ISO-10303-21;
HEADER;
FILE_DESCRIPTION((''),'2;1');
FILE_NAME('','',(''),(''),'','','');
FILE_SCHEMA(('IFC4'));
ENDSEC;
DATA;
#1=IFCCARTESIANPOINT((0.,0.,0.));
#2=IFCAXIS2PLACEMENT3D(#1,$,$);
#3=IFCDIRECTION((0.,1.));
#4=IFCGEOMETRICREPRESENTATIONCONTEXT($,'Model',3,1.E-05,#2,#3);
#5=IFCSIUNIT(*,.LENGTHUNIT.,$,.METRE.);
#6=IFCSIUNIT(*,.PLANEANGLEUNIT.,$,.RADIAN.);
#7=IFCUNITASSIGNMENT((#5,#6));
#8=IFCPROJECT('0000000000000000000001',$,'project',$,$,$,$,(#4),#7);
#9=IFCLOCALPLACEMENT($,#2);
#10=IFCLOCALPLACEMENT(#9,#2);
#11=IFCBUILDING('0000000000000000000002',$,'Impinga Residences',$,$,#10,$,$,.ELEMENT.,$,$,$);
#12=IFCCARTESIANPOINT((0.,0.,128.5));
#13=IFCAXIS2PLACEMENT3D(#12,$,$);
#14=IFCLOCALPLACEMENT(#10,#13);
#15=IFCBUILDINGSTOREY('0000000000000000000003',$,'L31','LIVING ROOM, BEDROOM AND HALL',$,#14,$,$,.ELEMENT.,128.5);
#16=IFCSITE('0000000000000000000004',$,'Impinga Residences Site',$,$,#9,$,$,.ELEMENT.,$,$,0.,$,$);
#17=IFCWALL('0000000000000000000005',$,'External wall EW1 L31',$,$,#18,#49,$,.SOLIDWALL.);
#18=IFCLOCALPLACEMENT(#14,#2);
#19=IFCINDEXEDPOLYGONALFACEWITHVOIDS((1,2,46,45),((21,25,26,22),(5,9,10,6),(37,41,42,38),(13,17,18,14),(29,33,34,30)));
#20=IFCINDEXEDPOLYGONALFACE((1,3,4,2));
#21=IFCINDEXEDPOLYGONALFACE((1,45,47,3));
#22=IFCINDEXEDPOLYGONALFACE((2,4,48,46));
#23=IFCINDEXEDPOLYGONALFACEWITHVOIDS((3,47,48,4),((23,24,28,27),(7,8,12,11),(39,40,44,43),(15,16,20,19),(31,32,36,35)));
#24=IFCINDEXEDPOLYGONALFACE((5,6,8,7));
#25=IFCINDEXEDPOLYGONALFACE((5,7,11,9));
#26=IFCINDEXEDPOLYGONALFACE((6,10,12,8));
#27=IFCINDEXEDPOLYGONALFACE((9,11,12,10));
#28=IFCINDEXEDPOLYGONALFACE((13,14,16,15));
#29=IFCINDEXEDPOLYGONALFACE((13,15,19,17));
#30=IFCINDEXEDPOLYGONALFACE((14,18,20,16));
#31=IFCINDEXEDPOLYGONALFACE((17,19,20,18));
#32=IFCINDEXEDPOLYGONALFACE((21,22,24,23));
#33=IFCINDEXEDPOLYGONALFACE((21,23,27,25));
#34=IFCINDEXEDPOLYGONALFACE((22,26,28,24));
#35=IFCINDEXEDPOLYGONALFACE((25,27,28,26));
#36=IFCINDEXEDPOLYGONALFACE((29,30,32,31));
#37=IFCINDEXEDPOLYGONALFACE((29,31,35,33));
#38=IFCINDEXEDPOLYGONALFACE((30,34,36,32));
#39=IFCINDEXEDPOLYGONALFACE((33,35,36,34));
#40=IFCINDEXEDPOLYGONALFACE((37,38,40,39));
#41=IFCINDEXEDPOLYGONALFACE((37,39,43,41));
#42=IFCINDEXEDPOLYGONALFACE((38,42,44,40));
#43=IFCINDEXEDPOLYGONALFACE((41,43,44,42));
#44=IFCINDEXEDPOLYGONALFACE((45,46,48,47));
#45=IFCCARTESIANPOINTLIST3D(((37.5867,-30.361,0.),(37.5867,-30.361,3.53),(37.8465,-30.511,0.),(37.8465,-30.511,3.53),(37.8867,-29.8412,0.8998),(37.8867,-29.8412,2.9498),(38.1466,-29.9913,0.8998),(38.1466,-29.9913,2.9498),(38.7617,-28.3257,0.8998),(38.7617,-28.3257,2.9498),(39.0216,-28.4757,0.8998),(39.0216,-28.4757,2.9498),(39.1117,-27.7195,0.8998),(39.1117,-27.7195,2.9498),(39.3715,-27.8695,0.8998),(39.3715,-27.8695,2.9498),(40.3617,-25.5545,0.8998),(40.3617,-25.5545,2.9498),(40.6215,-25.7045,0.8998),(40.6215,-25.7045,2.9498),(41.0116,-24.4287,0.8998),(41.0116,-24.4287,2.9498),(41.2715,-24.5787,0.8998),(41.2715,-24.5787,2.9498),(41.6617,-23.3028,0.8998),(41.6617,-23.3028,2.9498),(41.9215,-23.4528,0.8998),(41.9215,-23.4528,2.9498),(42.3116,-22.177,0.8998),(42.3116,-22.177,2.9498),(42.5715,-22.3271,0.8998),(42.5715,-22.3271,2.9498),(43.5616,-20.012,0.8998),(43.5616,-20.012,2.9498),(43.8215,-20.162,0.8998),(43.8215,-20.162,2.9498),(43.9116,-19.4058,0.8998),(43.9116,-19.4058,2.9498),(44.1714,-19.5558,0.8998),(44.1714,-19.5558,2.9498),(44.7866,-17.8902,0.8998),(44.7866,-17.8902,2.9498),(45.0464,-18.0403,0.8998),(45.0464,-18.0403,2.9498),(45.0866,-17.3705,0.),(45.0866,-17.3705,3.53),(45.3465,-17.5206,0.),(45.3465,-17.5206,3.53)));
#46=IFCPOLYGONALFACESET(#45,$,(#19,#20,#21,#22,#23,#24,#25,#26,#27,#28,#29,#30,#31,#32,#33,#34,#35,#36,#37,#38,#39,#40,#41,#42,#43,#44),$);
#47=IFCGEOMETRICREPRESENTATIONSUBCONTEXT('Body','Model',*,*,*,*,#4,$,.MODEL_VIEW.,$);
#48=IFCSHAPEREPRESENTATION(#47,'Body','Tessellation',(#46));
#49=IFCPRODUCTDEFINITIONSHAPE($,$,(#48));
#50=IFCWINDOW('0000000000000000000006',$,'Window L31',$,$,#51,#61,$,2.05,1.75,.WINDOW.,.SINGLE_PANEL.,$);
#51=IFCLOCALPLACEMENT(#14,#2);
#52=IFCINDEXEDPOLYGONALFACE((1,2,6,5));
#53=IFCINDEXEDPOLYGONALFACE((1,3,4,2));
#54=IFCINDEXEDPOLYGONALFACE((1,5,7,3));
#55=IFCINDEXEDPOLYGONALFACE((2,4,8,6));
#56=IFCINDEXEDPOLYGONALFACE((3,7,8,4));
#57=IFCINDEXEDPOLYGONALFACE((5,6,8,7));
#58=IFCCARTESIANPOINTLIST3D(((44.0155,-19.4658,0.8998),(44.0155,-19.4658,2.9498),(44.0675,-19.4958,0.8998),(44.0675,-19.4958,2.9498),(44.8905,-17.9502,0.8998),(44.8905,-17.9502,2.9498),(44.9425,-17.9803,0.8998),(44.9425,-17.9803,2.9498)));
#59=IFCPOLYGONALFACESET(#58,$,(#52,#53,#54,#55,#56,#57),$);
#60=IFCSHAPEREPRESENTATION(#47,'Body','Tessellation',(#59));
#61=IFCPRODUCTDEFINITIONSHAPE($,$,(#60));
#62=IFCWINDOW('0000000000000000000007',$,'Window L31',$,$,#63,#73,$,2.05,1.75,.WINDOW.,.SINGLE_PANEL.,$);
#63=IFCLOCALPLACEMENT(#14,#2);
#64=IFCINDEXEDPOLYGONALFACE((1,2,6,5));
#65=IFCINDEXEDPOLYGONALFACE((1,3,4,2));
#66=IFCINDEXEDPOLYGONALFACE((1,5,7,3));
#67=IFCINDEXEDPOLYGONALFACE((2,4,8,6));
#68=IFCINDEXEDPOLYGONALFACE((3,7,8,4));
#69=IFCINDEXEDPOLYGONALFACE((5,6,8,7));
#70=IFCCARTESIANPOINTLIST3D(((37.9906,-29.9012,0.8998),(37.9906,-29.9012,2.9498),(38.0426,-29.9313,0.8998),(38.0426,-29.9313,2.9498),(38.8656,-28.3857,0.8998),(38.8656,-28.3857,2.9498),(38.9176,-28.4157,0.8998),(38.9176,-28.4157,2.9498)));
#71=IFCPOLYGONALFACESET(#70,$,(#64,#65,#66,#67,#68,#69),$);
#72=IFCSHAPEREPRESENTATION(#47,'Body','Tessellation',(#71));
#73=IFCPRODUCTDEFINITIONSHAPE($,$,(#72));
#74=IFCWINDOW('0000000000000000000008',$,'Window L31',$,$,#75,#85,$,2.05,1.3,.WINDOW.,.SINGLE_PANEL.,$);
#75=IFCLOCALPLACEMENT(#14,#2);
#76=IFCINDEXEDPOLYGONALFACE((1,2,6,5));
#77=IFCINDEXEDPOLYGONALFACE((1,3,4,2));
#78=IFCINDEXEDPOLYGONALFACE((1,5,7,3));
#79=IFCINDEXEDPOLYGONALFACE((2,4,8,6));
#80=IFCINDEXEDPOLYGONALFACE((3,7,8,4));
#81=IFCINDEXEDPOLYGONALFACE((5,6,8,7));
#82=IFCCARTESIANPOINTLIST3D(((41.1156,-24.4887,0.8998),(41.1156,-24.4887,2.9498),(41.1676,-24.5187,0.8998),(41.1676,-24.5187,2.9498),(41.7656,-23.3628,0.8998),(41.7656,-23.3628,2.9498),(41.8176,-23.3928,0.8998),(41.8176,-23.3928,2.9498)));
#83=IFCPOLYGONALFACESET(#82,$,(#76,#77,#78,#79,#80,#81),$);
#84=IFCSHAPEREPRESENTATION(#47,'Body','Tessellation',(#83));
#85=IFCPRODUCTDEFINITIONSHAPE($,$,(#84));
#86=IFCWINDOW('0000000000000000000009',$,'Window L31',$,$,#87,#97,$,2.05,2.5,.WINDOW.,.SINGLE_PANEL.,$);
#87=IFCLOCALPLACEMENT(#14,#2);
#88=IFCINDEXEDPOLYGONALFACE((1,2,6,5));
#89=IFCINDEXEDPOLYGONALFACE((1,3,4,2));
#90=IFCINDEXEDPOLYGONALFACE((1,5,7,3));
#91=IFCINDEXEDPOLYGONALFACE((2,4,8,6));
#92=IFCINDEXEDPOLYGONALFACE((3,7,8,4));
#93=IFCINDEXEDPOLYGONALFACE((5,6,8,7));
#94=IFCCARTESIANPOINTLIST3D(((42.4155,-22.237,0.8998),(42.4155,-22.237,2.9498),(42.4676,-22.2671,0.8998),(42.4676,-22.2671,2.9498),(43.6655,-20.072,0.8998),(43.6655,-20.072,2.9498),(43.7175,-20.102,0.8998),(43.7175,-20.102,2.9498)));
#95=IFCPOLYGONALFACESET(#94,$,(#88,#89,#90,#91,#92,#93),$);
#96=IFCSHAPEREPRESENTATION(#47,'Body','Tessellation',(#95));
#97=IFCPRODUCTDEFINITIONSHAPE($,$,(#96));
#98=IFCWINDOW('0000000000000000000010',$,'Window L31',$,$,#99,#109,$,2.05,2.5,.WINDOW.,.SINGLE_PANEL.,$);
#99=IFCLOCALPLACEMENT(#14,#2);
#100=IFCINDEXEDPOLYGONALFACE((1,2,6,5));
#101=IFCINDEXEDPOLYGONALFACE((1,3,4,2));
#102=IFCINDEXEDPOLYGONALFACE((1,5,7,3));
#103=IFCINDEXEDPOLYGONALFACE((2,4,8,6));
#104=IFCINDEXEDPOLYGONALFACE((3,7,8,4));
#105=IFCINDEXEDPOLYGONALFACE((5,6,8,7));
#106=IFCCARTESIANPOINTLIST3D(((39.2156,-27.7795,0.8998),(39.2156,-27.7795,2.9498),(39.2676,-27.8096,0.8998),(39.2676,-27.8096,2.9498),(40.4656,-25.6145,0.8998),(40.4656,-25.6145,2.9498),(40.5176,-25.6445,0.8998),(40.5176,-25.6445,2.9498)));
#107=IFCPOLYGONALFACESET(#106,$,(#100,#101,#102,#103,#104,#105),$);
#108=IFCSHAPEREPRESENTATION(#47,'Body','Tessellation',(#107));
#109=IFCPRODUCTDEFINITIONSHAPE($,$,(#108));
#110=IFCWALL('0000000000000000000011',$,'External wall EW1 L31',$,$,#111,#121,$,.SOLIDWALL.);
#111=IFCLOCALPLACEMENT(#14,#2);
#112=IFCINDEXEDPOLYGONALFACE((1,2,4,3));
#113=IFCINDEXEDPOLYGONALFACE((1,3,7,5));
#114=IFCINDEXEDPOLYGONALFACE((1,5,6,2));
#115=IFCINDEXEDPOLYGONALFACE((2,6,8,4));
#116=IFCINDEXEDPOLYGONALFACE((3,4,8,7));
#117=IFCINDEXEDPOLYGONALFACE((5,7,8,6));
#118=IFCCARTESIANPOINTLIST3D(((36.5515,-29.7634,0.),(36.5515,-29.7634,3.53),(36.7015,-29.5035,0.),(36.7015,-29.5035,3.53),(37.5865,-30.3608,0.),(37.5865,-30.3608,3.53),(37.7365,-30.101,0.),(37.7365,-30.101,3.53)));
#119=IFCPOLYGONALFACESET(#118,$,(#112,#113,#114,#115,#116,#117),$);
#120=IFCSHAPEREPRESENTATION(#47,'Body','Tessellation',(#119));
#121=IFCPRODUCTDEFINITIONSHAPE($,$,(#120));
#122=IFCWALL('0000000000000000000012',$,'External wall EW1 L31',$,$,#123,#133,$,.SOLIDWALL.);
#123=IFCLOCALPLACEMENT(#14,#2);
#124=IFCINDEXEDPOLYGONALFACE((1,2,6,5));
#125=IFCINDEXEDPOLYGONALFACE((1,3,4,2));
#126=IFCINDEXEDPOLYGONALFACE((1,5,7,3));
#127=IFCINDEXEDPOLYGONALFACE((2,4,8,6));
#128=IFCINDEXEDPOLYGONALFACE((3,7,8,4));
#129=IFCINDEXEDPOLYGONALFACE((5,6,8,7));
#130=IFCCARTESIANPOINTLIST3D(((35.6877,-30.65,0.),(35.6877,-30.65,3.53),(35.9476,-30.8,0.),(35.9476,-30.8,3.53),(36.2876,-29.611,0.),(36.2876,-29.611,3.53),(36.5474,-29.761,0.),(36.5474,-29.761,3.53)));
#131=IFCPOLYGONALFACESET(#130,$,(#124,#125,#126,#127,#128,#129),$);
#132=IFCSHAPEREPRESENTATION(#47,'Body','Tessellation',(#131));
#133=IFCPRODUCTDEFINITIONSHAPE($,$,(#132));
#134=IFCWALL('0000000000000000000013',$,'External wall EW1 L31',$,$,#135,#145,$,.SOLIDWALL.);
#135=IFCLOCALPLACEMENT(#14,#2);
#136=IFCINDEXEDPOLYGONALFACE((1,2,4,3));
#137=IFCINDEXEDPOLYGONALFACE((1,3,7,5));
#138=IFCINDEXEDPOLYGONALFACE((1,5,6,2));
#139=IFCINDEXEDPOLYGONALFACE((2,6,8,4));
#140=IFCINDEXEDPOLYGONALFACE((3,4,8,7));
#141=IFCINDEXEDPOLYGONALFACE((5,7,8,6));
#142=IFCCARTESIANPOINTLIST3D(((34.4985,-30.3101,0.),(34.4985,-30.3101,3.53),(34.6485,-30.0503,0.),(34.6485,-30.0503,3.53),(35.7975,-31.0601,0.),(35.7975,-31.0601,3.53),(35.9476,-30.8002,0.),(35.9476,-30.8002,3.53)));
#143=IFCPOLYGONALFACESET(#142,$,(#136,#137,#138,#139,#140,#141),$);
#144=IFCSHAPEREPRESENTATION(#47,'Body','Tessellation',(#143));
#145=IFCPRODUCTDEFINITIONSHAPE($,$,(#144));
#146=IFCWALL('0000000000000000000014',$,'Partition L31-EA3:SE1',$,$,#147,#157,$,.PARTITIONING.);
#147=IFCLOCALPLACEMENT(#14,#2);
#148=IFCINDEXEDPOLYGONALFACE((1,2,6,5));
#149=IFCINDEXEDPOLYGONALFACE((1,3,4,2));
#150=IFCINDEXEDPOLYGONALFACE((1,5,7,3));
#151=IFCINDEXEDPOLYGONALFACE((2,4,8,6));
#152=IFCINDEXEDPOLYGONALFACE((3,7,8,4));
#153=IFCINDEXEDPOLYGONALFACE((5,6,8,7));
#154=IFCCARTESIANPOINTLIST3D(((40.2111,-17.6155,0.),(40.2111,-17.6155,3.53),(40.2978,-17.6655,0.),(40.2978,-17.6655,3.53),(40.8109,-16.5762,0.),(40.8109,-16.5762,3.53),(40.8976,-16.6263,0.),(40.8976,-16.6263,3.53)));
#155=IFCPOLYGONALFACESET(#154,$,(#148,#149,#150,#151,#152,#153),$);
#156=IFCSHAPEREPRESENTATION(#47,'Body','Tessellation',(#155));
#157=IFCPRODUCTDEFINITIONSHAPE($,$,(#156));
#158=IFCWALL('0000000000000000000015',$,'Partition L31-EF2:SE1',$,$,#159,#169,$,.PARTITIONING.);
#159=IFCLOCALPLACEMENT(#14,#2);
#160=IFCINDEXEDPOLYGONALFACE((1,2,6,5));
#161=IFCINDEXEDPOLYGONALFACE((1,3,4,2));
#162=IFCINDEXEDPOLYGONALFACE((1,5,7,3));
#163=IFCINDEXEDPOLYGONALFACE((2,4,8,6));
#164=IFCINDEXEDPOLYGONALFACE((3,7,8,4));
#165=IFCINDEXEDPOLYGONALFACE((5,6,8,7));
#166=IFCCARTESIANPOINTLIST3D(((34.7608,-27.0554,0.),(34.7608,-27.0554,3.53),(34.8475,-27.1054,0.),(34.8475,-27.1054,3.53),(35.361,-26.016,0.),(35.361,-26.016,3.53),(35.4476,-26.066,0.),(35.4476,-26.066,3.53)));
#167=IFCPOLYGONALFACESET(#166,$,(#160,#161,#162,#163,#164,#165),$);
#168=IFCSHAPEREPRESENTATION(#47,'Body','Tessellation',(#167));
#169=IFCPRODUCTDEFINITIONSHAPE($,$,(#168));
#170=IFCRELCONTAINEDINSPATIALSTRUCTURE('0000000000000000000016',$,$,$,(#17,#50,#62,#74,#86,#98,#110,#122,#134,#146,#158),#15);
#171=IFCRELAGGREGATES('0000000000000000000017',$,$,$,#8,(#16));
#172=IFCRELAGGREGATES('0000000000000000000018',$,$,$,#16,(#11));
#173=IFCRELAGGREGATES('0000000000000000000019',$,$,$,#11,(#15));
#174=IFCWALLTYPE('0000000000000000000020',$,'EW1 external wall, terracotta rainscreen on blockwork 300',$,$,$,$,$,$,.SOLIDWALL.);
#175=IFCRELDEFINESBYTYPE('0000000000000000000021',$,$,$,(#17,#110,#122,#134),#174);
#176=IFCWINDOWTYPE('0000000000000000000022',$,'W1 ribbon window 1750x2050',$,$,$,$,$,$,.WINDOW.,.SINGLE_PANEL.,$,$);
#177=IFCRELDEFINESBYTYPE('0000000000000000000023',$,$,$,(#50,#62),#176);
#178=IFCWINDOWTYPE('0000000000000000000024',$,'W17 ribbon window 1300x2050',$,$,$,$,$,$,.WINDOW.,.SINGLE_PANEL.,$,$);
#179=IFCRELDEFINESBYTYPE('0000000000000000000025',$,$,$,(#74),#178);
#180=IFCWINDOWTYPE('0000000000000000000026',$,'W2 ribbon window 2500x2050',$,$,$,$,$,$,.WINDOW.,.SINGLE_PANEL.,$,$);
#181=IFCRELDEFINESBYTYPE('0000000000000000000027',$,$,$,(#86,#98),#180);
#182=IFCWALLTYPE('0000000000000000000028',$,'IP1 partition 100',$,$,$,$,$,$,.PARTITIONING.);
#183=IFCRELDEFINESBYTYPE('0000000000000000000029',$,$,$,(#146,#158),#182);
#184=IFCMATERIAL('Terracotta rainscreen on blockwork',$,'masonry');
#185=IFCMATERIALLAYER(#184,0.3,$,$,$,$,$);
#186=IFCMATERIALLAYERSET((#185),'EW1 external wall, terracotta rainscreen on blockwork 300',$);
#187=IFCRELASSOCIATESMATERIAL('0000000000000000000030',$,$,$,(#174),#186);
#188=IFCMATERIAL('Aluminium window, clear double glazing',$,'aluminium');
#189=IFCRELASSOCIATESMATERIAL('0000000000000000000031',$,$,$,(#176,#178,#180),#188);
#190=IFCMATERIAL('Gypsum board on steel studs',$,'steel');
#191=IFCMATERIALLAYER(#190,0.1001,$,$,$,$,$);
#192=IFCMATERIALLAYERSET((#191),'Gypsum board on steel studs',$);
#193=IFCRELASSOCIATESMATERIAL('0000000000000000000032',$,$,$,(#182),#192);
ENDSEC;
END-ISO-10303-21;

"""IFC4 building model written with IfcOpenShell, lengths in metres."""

from ifc_helpers import new_model, si_unit, direction, frame, frame_2d, origin, place, context, subcontext, project, spatial, rectangle, extrude, material, layer, layer_set, type_object, element, fill, save


model = new_model("IFC4")

# Units and contexts
model_context = context("Model", 3, precision=1e-05, world=origin(), true_north=direction((0.0, 1.0)))
body_context = subcontext(model_context, "Body", "Model", "MODEL_VIEW")
ifc_project = project(units=[si_unit("LENGTHUNIT", "METRE"), si_unit("PLANEANGLEUNIT", "RADIAN")], contexts=[model_context])

# Site, building, storey
site_placement = place(None, origin())
site = spatial("IfcSite", under=ifc_project, at=site_placement, Name="Impinga Residences Site", CompositionType="ELEMENT", RefElevation=0.0)
building_placement = place(site_placement, origin())
building = spatial("IfcBuilding", under=site, at=building_placement, Name="Impinga Residences", CompositionType="ELEMENT")
storey_placement = place(building_placement, frame((0.0, 0.0, 128.5)))
storey = spatial("IfcBuildingStorey", under=building, at=storey_placement, Name="L31", Description="LIVING ROOM, BEDROOM AND HALL", CompositionType="ELEMENT", Elevation=128.5)

# Wall, openings, windows
ifc_material_1 = material(Name="Terracotta rainscreen on blockwork", Category="masonry")
ifc_layer_1 = layer(ifc_material_1, 0.3)
ifc_layer_set_1 = layer_set([ifc_layer_1], Name="EW1 external wall, terracotta rainscreen on blockwork 300")
wall_type_1 = type_object("IfcWallType", Name="EW1 external wall, terracotta rainscreen on blockwork 300", PredefinedType="SOLIDWALL", material=ifc_layer_set_1)
wall_1_placement = place(storey_placement, frame((45.2166, -17.4456, 0.0), z_axis=(0.0, 0.0, 1.0), x_axis=(-0.499997, -0.866027, 0.0)))
wall_1 = element("IfcWall", 1, at=wall_1_placement, inside=storey, type_object=wall_type_1, Name="External wall EW1 L31", PredefinedType="SOLIDWALL", context=body_context, shape_type="SweptSolid", body=[
    extrude(rectangle(XDim=15.0, YDim=0.3, at=frame_2d((7.5, 0.0))), origin(), (0.0, 0.0, 1.0), 3.53),
])
opening_1_placement = place(wall_1_placement, frame((0.6001, 0.0, 0.8999)))
opening_1 = element("IfcOpeningElement", 2, at=opening_1_placement, cuts=wall_1, PredefinedType="OPENING", context=body_context, shape_type="SweptSolid", body=[
    extrude(rectangle(XDim=1.75, YDim=2.05, at=frame_2d((0.875, 1.0249))), frame((0.0, 0.1599, 0.0), z_axis=(0.0, -1.0, 0.0), x_axis=(1.0, 0.0, 0.0)), (0.0, 0.0, 1.0), 0.3201),
])
opening_2_placement = place(wall_1_placement, frame((3.05, 0.0, 0.8999)))
opening_2 = element("IfcOpeningElement", 3, at=opening_2_placement, cuts=wall_1, PredefinedType="OPENING", context=body_context, shape_type="SweptSolid", body=[
    extrude(rectangle(XDim=2.5, YDim=2.05, at=frame_2d((1.25, 1.0249))), frame((0.0, 0.1599, 0.0), z_axis=(0.0, -1.0, 0.0), x_axis=(1.0, 0.0, 0.0)), (0.0, 0.0, 1.0), 0.3201),
])
opening_3_placement = place(wall_1_placement, frame((6.8501, 0.0, 0.8999)))
opening_3 = element("IfcOpeningElement", 4, at=opening_3_placement, cuts=wall_1, PredefinedType="OPENING", context=body_context, shape_type="SweptSolid", body=[
    extrude(rectangle(XDim=1.3, YDim=2.05, at=frame_2d((0.6499, 1.0249))), frame((0.0, 0.1599, 0.0), z_axis=(0.0, -1.0, 0.0), x_axis=(1.0, 0.0, 0.0)), (0.0, 0.0, 1.0), 0.3201),
])
opening_4_placement = place(wall_1_placement, frame((9.45, 0.0, 0.8999)))
opening_4 = element("IfcOpeningElement", 5, at=opening_4_placement, cuts=wall_1, PredefinedType="OPENING", context=body_context, shape_type="SweptSolid", body=[
    extrude(rectangle(XDim=2.5, YDim=2.05, at=frame_2d((1.25, 1.0249))), frame((0.0, 0.1599, 0.0), z_axis=(0.0, -1.0, 0.0), x_axis=(1.0, 0.0, 0.0)), (0.0, 0.0, 1.0), 0.3201),
])
opening_5_placement = place(wall_1_placement, frame((12.6499, 0.0, 0.8999)))
opening_5 = element("IfcOpeningElement", 6, at=opening_5_placement, cuts=wall_1, PredefinedType="OPENING", context=body_context, shape_type="SweptSolid", body=[
    extrude(rectangle(XDim=1.75, YDim=2.05, at=frame_2d((0.875, 1.0249))), frame((0.0, 0.1599, 0.0), z_axis=(0.0, -1.0, 0.0), x_axis=(1.0, 0.0, 0.0)), (0.0, 0.0, 1.0), 0.3201),
])
ifc_material_2 = material(Name="Aluminium window, clear double glazing", Category="aluminium")
window_type_1 = type_object("IfcWindowType", Name="W1 ribbon window 1750x2050", PartitioningType="SINGLE_PANEL", PredefinedType="WINDOW", material=ifc_material_2)
window_1_placement = place(opening_1_placement, origin())
window_1 = element("IfcWindow", 7, at=window_1_placement, inside=storey, type_object=window_type_1, Name="Window L31", OverallHeight=2.05, OverallWidth=1.75, PartitioningType="SINGLE_PANEL", PredefinedType="WINDOW", context=body_context, shape_type="SweptSolid", body=[
    extrude(rectangle(XDim=1.75, YDim=2.05, at=frame_2d((0.875, 1.0249))), frame((0.0, 0.03, 0.0), z_axis=(0.0, -1.0, 0.0), x_axis=(1.0, 0.0, 0.0)), (0.0, 0.0, 1.0), 0.0601),
])
fill(opening_1, window_1)
window_2_placement = place(opening_5_placement, origin())
window_2 = element("IfcWindow", 8, at=window_2_placement, inside=storey, type_object=window_type_1, Name="Window L31", OverallHeight=2.05, OverallWidth=1.75, PartitioningType="SINGLE_PANEL", PredefinedType="WINDOW", context=body_context, shape_type="SweptSolid", body=[
    extrude(rectangle(XDim=1.75, YDim=2.05, at=frame_2d((0.875, 1.0249))), frame((0.0, 0.03, 0.0), z_axis=(0.0, -1.0, 0.0), x_axis=(1.0, 0.0, 0.0)), (0.0, 0.0, 1.0), 0.0601),
])
fill(opening_5, window_2)
window_type_2 = type_object("IfcWindowType", Name="W17 ribbon window 1300x2050", PartitioningType="SINGLE_PANEL", PredefinedType="WINDOW", material=ifc_material_2)
window_3_placement = place(opening_3_placement, origin())
window_3 = element("IfcWindow", 9, at=window_3_placement, inside=storey, type_object=window_type_2, Name="Window L31", OverallHeight=2.05, OverallWidth=1.3, PartitioningType="SINGLE_PANEL", PredefinedType="WINDOW", context=body_context, shape_type="SweptSolid", body=[
    extrude(rectangle(XDim=1.3, YDim=2.05, at=frame_2d((0.6499, 1.0249))), frame((0.0, 0.03, 0.0), z_axis=(0.0, -1.0, 0.0), x_axis=(1.0, 0.0, 0.0)), (0.0, 0.0, 1.0), 0.0601),
])
fill(opening_3, window_3)
window_type_3 = type_object("IfcWindowType", Name="W2 ribbon window 2500x2050", PartitioningType="SINGLE_PANEL", PredefinedType="WINDOW", material=ifc_material_2)
window_4_placement = place(opening_2_placement, origin())
window_4 = element("IfcWindow", 10, at=window_4_placement, inside=storey, type_object=window_type_3, Name="Window L31", OverallHeight=2.05, OverallWidth=2.5, PartitioningType="SINGLE_PANEL", PredefinedType="WINDOW", context=body_context, shape_type="SweptSolid", body=[
    extrude(rectangle(XDim=2.5, YDim=2.05, at=frame_2d((1.25, 1.0249))), frame((0.0, 0.03, 0.0), z_axis=(0.0, -1.0, 0.0), x_axis=(1.0, 0.0, 0.0)), (0.0, 0.0, 1.0), 0.0601),
])
fill(opening_2, window_4)
window_5_placement = place(opening_4_placement, origin())
window_5 = element("IfcWindow", 11, at=window_5_placement, inside=storey, type_object=window_type_3, Name="Window L31", OverallHeight=2.05, OverallWidth=2.5, PartitioningType="SINGLE_PANEL", PredefinedType="WINDOW", context=body_context, shape_type="SweptSolid", body=[
    extrude(rectangle(XDim=2.5, YDim=2.05, at=frame_2d((1.25, 1.0249))), frame((0.0, 0.03, 0.0), z_axis=(0.0, -1.0, 0.0), x_axis=(1.0, 0.0, 0.0)), (0.0, 0.0, 1.0), 0.0601),
])
fill(opening_4, window_5)

# Walls
wall_2_placement = place(storey_placement, frame((37.6616, -30.231, 0.0), z_axis=(0.0, 0.0, 1.0), x_axis=(-0.86606, 0.499941, 0.0)))
element("IfcWall", 12, at=wall_2_placement, inside=storey, type_object=wall_type_1, Name="External wall EW1 L31", PredefinedType="SOLIDWALL", context=body_context, shape_type="SweptSolid", body=[
    extrude(rectangle(XDim=1.1951, YDim=0.3, at=frame_2d((0.5977, 0.0))), origin(), (0.0, 0.0, 1.0), 3.53),
])
wall_3_placement = place(storey_placement, frame((36.4175, -29.686, 0.0), z_axis=(0.0, 0.0, 1.0), x_axis=(-0.499969, -0.866043, 0.0)))
element("IfcWall", 13, at=wall_3_placement, inside=storey, type_object=wall_type_1, Name="External wall EW1 L31", PredefinedType="SOLIDWALL", context=body_context, shape_type="SweptSolid", body=[
    extrude(rectangle(XDim=1.1997, YDim=0.3, at=frame_2d((0.5999, 0.0))), origin(), (0.0, 0.0, 1.0), 3.53),
])
wall_4_placement = place(storey_placement, frame((35.8726, -30.9302, 0.0), z_axis=(0.0, 0.0, 1.0), x_axis=(-0.866031, 0.49999, 0.0)))
element("IfcWall", 14, at=wall_4_placement, inside=storey, type_object=wall_type_1, Name="External wall EW1 L31", PredefinedType="SOLIDWALL", context=body_context, shape_type="SweptSolid", body=[
    extrude(rectangle(XDim=1.5, YDim=0.3, at=frame_2d((0.75, 0.0))), origin(), (0.0, 0.0, 1.0), 3.53),
])
ifc_material_3 = material(Name="Gypsum board on steel studs", Category="steel")
ifc_layer_2 = layer(ifc_material_3, 0.1001)
ifc_layer_set_2 = layer_set([ifc_layer_2], Name="Gypsum board on steel studs")
wall_type_2 = type_object("IfcWallType", Name="IP1 partition 100", PredefinedType="PARTITIONING", material=ifc_layer_set_2)
wall_5_placement = place(storey_placement, frame((40.2544, -17.6406, 0.0), z_axis=(0.0, 0.0, 1.0), x_axis=(0.499881, 0.866094, 0.0)))
element("IfcWall", 15, at=wall_5_placement, inside=storey, type_object=wall_type_2, Name="Partition L31-EA3:SE1", PredefinedType="PARTITIONING", context=body_context, shape_type="SweptSolid", body=[
    extrude(rectangle(XDim=1.2, YDim=0.1001, at=frame_2d((0.6001, 0.0))), origin(), (0.0, 0.0, 1.0), 3.53),
])
wall_6_placement = place(storey_placement, frame((35.4043, -26.041, 0.0), z_axis=(0.0, 0.0, 1.0), x_axis=(-0.500034, -0.866006, 0.0)))
element("IfcWall", 16, at=wall_6_placement, inside=storey, type_object=wall_type_2, Name="Partition L31-EF2:SE1", PredefinedType="PARTITIONING", context=body_context, shape_type="SweptSolid", body=[
    extrude(rectangle(XDim=1.2002, YDim=0.1001, at=frame_2d((0.6001, 0.0))), origin(), (0.0, 0.0, 1.0), 3.53),
])

save(model, "model.ifc")
